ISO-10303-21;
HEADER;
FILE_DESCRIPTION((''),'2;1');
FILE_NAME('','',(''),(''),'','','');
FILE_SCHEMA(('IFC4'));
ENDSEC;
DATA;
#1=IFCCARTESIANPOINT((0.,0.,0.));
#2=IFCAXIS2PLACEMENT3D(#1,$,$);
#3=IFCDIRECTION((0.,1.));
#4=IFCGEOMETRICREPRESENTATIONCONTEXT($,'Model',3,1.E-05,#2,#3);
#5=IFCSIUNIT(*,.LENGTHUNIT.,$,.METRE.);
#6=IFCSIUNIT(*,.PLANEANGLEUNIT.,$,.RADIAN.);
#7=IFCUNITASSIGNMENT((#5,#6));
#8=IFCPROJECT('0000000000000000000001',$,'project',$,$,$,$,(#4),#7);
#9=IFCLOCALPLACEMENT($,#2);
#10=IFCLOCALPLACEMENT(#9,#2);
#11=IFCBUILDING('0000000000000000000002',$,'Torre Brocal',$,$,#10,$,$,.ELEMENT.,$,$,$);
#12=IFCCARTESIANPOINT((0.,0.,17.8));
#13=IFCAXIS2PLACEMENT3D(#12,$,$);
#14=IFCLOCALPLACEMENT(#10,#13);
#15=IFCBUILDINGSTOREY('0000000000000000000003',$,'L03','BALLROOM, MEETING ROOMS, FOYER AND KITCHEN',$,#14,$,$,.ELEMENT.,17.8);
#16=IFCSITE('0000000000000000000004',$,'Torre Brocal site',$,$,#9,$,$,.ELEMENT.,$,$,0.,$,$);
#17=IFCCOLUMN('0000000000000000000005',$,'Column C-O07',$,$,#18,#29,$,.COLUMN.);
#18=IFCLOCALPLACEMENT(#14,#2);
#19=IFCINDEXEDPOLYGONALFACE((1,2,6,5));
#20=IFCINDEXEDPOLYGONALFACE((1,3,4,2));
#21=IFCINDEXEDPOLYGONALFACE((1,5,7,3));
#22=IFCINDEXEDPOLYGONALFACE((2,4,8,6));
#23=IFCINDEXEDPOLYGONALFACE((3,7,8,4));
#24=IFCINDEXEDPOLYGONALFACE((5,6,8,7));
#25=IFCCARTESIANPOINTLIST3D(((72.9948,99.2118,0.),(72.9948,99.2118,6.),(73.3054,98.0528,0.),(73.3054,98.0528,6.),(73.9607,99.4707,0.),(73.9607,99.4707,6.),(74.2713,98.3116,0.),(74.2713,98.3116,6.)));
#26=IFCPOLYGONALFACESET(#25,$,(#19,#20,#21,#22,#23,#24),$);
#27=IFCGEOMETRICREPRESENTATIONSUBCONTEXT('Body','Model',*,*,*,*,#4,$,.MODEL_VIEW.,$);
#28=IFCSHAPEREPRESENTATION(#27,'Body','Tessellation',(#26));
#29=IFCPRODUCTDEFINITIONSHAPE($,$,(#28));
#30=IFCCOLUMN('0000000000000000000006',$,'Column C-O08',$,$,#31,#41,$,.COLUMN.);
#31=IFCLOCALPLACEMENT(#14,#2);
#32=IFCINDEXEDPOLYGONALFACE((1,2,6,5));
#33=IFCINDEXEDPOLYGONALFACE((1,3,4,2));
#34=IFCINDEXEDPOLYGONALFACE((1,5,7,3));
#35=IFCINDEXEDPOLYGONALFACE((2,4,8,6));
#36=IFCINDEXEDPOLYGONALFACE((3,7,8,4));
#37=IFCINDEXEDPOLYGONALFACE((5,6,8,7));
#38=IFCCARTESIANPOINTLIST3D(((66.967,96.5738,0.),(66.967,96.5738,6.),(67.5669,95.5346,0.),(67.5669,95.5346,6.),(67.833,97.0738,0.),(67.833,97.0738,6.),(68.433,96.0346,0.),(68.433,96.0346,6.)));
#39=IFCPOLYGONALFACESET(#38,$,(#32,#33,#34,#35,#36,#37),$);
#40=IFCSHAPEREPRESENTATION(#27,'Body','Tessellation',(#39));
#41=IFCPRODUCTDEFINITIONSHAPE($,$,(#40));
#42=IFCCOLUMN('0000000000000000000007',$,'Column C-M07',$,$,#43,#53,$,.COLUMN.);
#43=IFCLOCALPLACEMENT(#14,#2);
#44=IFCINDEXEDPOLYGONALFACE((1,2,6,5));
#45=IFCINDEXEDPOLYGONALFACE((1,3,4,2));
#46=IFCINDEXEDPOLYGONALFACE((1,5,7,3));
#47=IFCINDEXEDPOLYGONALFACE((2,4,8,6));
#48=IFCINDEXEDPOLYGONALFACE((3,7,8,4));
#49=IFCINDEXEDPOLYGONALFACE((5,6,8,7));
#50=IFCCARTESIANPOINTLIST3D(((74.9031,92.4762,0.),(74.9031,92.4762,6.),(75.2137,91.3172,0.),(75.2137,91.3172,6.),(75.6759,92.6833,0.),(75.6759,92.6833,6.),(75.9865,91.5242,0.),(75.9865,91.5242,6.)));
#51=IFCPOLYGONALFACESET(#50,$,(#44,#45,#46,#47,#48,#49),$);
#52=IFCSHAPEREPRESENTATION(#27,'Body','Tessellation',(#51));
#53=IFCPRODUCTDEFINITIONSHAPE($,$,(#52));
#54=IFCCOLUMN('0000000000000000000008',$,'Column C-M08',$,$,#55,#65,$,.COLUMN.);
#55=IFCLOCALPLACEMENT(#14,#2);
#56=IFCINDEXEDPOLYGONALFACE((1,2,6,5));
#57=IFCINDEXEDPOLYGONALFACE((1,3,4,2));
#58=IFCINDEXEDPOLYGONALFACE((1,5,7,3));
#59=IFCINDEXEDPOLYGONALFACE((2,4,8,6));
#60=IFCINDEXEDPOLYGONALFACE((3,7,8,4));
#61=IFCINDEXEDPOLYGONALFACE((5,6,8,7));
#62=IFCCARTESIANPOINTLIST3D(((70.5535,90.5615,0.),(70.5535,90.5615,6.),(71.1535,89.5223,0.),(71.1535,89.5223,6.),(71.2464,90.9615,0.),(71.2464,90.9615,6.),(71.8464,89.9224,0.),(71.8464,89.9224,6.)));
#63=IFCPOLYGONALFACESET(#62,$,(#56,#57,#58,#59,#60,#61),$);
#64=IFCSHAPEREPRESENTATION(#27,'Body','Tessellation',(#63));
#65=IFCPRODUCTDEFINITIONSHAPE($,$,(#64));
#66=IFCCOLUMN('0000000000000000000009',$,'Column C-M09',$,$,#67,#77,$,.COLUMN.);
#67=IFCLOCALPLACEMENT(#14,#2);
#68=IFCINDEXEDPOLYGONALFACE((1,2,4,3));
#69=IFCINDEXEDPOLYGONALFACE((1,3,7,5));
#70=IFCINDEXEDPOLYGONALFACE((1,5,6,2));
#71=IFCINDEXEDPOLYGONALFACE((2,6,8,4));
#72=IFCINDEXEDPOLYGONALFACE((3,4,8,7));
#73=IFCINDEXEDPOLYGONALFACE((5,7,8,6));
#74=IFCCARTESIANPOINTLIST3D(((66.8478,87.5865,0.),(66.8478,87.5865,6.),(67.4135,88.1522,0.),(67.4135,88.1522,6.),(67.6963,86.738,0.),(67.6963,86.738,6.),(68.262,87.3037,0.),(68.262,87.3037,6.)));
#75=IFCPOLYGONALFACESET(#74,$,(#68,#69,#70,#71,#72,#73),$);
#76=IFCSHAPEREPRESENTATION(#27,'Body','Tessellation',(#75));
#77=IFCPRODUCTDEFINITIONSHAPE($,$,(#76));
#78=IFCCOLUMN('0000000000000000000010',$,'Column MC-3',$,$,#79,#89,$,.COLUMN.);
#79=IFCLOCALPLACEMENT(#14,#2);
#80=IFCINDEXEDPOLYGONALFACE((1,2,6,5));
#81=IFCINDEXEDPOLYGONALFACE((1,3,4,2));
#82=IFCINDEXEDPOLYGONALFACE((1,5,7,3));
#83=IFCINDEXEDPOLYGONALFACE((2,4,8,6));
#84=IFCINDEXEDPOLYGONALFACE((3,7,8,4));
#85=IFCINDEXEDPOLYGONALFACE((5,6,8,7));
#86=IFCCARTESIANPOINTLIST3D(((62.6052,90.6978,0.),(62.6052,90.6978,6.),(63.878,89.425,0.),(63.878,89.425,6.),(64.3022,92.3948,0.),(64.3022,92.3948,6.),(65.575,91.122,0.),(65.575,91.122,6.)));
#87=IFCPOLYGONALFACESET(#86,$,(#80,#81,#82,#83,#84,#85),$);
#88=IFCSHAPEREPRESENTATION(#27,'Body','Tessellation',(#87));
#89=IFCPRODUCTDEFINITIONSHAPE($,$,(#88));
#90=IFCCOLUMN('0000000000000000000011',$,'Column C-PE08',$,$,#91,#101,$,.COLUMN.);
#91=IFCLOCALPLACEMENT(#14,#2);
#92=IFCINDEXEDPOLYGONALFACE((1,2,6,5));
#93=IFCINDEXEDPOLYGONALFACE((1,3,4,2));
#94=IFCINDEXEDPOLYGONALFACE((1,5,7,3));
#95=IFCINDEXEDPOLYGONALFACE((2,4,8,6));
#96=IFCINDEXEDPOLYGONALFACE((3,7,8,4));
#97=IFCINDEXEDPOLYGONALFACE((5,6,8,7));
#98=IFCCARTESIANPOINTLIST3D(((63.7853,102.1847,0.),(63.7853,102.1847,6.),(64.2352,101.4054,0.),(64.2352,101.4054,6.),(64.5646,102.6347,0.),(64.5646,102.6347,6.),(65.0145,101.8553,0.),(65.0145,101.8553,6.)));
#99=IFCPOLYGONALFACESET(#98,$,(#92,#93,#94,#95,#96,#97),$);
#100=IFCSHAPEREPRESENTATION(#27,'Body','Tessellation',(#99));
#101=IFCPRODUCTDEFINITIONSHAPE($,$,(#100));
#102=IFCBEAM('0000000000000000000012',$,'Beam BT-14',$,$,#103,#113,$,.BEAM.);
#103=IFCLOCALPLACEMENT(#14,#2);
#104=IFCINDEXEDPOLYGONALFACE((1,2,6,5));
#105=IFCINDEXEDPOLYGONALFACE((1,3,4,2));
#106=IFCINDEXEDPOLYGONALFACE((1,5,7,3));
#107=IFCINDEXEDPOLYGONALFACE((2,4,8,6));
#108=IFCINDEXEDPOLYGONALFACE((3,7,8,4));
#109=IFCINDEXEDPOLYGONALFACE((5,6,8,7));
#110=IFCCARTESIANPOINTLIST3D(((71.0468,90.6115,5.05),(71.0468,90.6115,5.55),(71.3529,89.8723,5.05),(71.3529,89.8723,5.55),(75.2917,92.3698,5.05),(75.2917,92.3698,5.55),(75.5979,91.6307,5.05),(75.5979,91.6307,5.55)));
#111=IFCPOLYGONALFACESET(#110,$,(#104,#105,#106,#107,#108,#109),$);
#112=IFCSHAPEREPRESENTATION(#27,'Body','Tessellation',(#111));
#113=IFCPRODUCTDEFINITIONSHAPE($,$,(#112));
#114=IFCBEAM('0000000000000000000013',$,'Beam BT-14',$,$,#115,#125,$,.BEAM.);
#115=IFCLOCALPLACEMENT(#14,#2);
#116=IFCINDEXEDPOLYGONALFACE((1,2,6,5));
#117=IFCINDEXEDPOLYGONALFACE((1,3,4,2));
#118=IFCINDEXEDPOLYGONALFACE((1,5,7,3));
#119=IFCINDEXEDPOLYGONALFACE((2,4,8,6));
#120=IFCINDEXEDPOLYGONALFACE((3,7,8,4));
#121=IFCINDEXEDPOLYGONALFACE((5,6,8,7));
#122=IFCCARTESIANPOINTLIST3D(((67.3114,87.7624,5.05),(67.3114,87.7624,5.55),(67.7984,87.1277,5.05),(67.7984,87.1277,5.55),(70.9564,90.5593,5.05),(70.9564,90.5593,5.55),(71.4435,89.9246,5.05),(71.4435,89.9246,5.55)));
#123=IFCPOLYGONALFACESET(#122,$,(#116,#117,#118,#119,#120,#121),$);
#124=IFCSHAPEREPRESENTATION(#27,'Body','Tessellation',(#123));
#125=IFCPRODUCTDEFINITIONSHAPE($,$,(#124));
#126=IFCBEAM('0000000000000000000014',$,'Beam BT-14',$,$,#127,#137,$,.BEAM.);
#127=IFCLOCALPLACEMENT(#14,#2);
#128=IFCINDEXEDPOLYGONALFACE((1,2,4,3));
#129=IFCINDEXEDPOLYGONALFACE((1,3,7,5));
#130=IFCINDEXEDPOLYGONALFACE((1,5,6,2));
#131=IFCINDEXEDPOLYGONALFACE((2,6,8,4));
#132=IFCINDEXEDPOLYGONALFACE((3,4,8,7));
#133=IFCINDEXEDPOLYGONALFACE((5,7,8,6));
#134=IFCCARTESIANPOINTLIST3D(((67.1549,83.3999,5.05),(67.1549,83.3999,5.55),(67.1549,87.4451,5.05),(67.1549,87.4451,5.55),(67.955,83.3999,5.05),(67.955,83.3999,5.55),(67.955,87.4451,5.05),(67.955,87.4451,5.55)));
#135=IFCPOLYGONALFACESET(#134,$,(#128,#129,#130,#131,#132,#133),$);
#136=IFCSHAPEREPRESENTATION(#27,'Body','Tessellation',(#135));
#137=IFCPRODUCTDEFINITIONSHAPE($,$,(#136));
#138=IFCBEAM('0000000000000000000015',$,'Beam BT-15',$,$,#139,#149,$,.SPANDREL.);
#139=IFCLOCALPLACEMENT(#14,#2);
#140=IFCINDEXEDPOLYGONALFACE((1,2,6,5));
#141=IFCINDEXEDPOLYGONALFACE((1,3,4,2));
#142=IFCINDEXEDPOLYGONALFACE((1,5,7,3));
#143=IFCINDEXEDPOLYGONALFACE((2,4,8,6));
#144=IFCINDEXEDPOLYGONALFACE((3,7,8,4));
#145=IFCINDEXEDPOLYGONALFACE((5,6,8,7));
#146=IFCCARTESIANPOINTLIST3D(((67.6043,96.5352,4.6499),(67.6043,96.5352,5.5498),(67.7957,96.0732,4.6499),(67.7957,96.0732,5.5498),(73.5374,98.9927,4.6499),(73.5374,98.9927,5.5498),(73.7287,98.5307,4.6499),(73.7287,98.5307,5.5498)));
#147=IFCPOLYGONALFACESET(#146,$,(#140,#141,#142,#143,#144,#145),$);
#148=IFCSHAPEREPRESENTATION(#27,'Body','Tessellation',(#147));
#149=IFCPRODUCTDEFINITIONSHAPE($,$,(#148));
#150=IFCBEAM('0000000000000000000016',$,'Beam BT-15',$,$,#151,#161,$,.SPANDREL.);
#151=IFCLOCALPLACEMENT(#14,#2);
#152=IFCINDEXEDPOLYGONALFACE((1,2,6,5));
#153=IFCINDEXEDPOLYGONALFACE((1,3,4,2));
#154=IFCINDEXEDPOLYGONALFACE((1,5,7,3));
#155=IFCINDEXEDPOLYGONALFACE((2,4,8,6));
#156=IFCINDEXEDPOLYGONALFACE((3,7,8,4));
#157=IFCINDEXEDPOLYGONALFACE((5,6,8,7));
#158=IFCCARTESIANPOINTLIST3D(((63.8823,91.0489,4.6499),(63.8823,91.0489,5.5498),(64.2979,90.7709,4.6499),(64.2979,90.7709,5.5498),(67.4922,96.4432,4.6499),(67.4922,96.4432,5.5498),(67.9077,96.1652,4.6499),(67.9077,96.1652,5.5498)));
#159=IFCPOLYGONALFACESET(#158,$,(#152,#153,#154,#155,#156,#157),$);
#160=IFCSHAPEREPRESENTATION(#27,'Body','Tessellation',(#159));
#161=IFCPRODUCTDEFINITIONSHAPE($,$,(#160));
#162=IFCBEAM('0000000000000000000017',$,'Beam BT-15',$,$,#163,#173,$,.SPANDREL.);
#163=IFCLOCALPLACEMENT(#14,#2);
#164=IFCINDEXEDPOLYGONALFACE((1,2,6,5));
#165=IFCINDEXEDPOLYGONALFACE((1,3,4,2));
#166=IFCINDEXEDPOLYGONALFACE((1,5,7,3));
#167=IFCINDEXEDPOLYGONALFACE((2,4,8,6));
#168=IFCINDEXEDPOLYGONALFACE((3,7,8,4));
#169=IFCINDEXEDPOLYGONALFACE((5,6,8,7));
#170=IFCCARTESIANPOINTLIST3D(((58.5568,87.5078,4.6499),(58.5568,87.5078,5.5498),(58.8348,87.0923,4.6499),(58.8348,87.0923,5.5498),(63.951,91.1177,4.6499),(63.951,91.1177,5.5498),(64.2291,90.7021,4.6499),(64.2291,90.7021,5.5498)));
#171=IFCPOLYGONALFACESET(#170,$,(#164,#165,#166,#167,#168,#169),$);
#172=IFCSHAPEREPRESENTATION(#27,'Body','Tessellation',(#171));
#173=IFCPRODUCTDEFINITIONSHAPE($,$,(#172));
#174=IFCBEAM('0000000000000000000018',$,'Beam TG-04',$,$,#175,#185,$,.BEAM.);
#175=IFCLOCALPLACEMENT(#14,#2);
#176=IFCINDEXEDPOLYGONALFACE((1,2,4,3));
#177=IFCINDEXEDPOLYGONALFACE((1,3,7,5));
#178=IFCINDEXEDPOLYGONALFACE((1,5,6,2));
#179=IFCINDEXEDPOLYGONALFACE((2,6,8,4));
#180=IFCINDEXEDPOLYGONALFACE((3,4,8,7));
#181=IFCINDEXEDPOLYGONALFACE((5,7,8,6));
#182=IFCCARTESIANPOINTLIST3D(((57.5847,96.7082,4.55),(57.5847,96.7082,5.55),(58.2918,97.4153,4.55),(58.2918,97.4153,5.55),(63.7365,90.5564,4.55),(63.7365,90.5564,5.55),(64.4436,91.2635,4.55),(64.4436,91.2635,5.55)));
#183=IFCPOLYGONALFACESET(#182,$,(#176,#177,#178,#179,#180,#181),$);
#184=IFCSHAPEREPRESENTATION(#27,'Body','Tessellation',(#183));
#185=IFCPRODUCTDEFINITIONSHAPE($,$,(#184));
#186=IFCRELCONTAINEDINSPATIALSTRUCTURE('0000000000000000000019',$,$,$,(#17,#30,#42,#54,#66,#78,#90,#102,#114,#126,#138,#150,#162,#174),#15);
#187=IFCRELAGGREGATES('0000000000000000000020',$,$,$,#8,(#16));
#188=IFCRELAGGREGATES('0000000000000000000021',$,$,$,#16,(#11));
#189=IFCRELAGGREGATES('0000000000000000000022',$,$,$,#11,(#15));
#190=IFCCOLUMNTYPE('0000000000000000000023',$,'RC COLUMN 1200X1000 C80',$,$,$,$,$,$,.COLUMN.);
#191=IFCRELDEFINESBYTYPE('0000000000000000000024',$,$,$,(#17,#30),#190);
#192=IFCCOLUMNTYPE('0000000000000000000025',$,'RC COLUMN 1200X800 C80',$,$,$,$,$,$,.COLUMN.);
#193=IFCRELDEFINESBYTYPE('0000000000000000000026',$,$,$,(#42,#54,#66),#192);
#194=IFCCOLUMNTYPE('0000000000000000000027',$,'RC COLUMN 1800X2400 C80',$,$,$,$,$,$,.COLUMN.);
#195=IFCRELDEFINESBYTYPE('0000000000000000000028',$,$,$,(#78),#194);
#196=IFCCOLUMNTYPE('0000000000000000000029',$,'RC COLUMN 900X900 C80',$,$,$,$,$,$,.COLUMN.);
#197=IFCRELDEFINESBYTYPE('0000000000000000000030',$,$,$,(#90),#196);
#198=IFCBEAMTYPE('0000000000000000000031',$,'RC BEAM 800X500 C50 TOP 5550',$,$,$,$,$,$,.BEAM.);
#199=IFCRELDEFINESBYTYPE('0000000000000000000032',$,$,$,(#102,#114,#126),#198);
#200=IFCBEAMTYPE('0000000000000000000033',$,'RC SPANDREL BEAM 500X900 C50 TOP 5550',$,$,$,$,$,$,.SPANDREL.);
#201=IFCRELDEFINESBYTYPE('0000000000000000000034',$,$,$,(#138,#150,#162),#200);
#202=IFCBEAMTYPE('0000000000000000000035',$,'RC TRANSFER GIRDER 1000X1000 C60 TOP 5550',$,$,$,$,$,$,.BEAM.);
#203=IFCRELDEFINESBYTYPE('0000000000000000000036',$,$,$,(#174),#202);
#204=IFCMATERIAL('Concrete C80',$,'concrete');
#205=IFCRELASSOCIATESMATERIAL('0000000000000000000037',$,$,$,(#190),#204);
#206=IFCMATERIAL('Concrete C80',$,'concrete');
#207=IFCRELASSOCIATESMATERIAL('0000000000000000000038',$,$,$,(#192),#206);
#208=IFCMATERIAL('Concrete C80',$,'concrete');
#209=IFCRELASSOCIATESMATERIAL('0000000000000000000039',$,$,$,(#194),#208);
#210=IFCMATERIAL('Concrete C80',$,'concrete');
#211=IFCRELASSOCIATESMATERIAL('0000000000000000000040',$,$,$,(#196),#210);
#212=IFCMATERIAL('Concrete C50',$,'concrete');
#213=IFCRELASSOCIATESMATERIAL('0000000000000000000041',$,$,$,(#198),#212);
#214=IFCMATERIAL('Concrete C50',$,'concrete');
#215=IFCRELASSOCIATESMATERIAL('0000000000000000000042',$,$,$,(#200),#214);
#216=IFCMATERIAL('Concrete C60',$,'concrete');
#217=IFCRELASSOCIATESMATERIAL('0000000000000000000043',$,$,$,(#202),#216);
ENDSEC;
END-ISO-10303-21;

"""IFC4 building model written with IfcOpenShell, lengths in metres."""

from ifc_helpers import new_model, si_unit, direction, frame, origin, origin_2d, place, context, subcontext, project, spatial, rectangle, extrude, material, material_profile, profile_set, type_object, element, save


model = new_model("IFC4")

# Units and contexts
model_context = context("Model", 3, precision=1e-05, world=origin(), true_north=direction((0.0, 1.0)))
body_context = subcontext(model_context, "Body", "Model", "MODEL_VIEW")
ifc_project = project(units=[si_unit("LENGTHUNIT", "METRE"), si_unit("PLANEANGLEUNIT", "RADIAN")], contexts=[model_context])

# Site, building, storey
site_placement = place(None, origin())
site = spatial("IfcSite", under=ifc_project, at=site_placement, Name="Torre Brocal site", CompositionType="ELEMENT", RefElevation=0.0)
building_placement = place(site_placement, origin())
building = spatial("IfcBuilding", under=site, at=building_placement, Name="Torre Brocal", CompositionType="ELEMENT")
storey_placement = place(building_placement, frame((0.0, 0.0, 17.8)))
storey = spatial("IfcBuildingStorey", under=building, at=storey_placement, Name="L03", Description="BALLROOM, MEETING ROOMS, FOYER AND KITCHEN", CompositionType="ELEMENT", Elevation=17.8)

# Columns
ifc_material_1 = material(Name="Concrete C80", Category="concrete")
ifc_material_profile_1 = material_profile(ifc_material_1, rectangle(XDim=1.2, YDim=1.0, at=origin_2d()), Name="RC 1200X1000")
ifc_profile_set_1 = profile_set([ifc_material_profile_1], Name="Concrete C80")
column_type_1 = type_object("IfcColumnType", Name="RC COLUMN 1200X1000 C80", PredefinedType="COLUMN", material=ifc_profile_set_1)
for number, where, z_axis, x_axis, name in (
    (1, (73.6331, 98.7617, 0.0), (0.0, 0.0, 1.0), (-0.258819, 0.965926, 0.0), "Column C-O07"),
    (2, (67.7, 96.3042, 0.0), (0.0, 0.0, 1.0), (-0.5, 0.866025, 0.0), "Column C-O08"),
):
    element("IfcColumn", number, at=place(storey_placement, frame(where, z_axis=z_axis, x_axis=x_axis)), inside=storey, type_object=column_type_1, Name=name, PredefinedType="COLUMN", context=body_context, shape_type="SweptSolid", body=[
        extrude(rectangle(XDim=1.2, YDim=1.0, at=origin_2d()), origin(), (0.0, 0.0, 1.0), 6.0),
    ])
ifc_material_2 = material(Name="Concrete C80", Category="concrete")
ifc_material_profile_2 = material_profile(ifc_material_2, rectangle(XDim=1.2, YDim=0.8, at=origin_2d()), Name="RC 1200X800")
ifc_profile_set_2 = profile_set([ifc_material_profile_2], Name="Concrete C80")
column_type_2 = type_object("IfcColumnType", Name="RC COLUMN 1200X800 C80", PredefinedType="COLUMN", material=ifc_profile_set_2)
for number, where, z_axis, x_axis, name in (
    (3, (75.4448, 92.0002, 0.0), (0.0, 0.0, 1.0), (-0.258819, 0.965926, 0.0), "Column C-M07"),
    (4, (71.2, 90.2419, 0.0), (0.0, 0.0, 1.0), (-0.5, 0.866025, 0.0), "Column C-M08"),
    (5, (67.5549, 87.4451, 0.0), (0.0, 0.0, 1.0), (-0.707107, 0.707107, 0.0), "Column C-M09"),
):
    element("IfcColumn", number, at=place(storey_placement, frame(where, z_axis=z_axis, x_axis=x_axis)), inside=storey, type_object=column_type_2, Name=name, PredefinedType="COLUMN", context=body_context, shape_type="SweptSolid", body=[
        extrude(rectangle(XDim=1.2, YDim=0.8, at=origin_2d()), origin(), (0.0, 0.0, 1.0), 6.0),
    ])
ifc_material_3 = material(Name="Concrete C80", Category="concrete")
ifc_material_profile_3 = material_profile(ifc_material_3, rectangle(XDim=1.8, YDim=2.3999, at=origin_2d()), Name="RC 1800X2400")
ifc_profile_set_3 = profile_set([ifc_material_profile_3], Name="Concrete C80")
column_type_3 = type_object("IfcColumnType", Name="RC COLUMN 1800X2400 C80", PredefinedType="COLUMN", material=ifc_profile_set_3)
column_1_placement = place(storey_placement, frame((64.0901, 90.9099, 0.0), z_axis=(0.0, 0.0, 1.0), x_axis=(-0.707107, 0.707107, 0.0)))
element("IfcColumn", 6, at=column_1_placement, inside=storey, type_object=column_type_3, Name="Column MC-3", PredefinedType="COLUMN", context=body_context, shape_type="SweptSolid", body=[
    extrude(rectangle(XDim=1.8, YDim=2.3999, at=origin_2d()), origin(), (0.0, 0.0, 1.0), 6.0),
])
ifc_material_4 = material(Name="Concrete C80", Category="concrete")
ifc_material_profile_4 = material_profile(ifc_material_4, rectangle(XDim=0.8999, YDim=0.8999, at=origin_2d()), Name="RC 900X900")
ifc_profile_set_4 = profile_set([ifc_material_profile_4], Name="Concrete C80")
column_type_4 = type_object("IfcColumnType", Name="RC COLUMN 900X900 C80", PredefinedType="COLUMN", material=ifc_profile_set_4)
column_2_placement = place(storey_placement, frame((64.3999, 102.02, 0.0), z_axis=(0.0, 0.0, 1.0), x_axis=(-0.5, 0.866025, 0.0)))
element("IfcColumn", 7, at=column_2_placement, inside=storey, type_object=column_type_4, Name="Column C-PE08", PredefinedType="COLUMN", context=body_context, shape_type="SweptSolid", body=[
    extrude(rectangle(XDim=0.8999, YDim=0.8999, at=origin_2d()), origin(), (0.0, 0.0, 1.0), 6.0),
])

# Beams
ifc_material_5 = material(Name="Concrete C50", Category="concrete")
ifc_material_profile_5 = material_profile(ifc_material_5, rectangle(XDim=0.8, YDim=0.5, at=origin_2d()), Name="RC 800X500")
ifc_profile_set_5 = profile_set([ifc_material_profile_5], Name="Concrete C50")
beam_type_1 = type_object("IfcBeamType", Name="RC BEAM 800X500 C50 TOP 5550", PredefinedType="BEAM", material=ifc_profile_set_5)
beam_1_placement = place(storey_placement, frame((75.4448, 92.0002, 5.3), z_axis=(-0.923878, -0.382687, 0.0), x_axis=(0.382687, -0.923878, 0.0)))
element("IfcBeam", 8, at=beam_1_placement, inside=storey, type_object=beam_type_1, Name="Beam BT-14", PredefinedType="BEAM", context=body_context, shape_type="SweptSolid", body=[
    extrude(rectangle(XDim=0.8, YDim=0.5, at=origin_2d()), origin(), (0.0, 0.0, 1.0), 4.5947),
])
beam_2_placement = place(storey_placement, frame((71.2, 90.2419, 5.3), z_axis=(-0.793358, -0.608755, 0.0), x_axis=(0.608755, -0.793358, 0.0)))
element("IfcBeam", 9, at=beam_2_placement, inside=storey, type_object=beam_type_1, Name="Beam BT-14", PredefinedType="BEAM", context=body_context, shape_type="SweptSolid", body=[
    extrude(rectangle(XDim=0.8, YDim=0.5, at=origin_2d()), origin(), (0.0, 0.0, 1.0), 4.5945),
])
beam_3_placement = place(storey_placement, frame((67.5549, 87.4451, 5.3), z_axis=(0.0, -1.0, 0.0), x_axis=(1.0, 0.0, 0.0)))
element("IfcBeam", 10, at=beam_3_placement, inside=storey, type_object=beam_type_1, Name="Beam BT-14", PredefinedType="BEAM", context=body_context, shape_type="SweptSolid", body=[
    extrude(rectangle(XDim=0.8, YDim=0.5, at=origin_2d()), origin(), (0.0, 0.0, 1.0), 4.0452),
])
ifc_material_6 = material(Name="Concrete C50", Category="concrete")
ifc_material_profile_6 = material_profile(ifc_material_6, rectangle(XDim=0.5, YDim=0.8999, at=origin_2d()), Name="RC 500X900")
ifc_profile_set_6 = profile_set([ifc_material_profile_6], Name="Concrete C50")
beam_type_2 = type_object("IfcBeamType", Name="RC SPANDREL BEAM 500X900 C50 TOP 5550", PredefinedType="SPANDREL", material=ifc_profile_set_6)
beam_4_placement = place(storey_placement, frame((73.6331, 98.7617, 5.0999), z_axis=(-0.923882, -0.382676, 0.0), x_axis=(0.382676, -0.923882, 0.0)))
element("IfcBeam", 11, at=beam_4_placement, inside=storey, type_object=beam_type_2, Name="Beam BT-15", PredefinedType="SPANDREL", context=body_context, shape_type="SweptSolid", body=[
    extrude(rectangle(XDim=0.5, YDim=0.8999, at=origin_2d()), origin(), (0.0, 0.0, 1.0), 6.4219),
])
for number, where, z_axis, x_axis, name in (
    (12, (67.7, 96.3042, 5.0999), (-0.556158, -0.831077, 0.0), (0.831077, -0.556158, 0.0), "Beam BT-15"),
    (13, (64.0901, 90.9099, 5.0999), (-0.831077, -0.556158, 0.0), (0.556158, -0.831077, 0.0), "Beam BT-15"),
):
    element("IfcBeam", number, at=place(storey_placement, frame(where, z_axis=z_axis, x_axis=x_axis)), inside=storey, type_object=beam_type_2, Name=name, PredefinedType="SPANDREL", context=body_context, shape_type="SweptSolid", body=[
        extrude(rectangle(XDim=0.5, YDim=0.8999, at=origin_2d()), origin(), (0.0, 0.0, 1.0), 6.4907),
    ])
ifc_material_7 = material(Name="Concrete C60", Category="concrete")
ifc_material_profile_7 = material_profile(ifc_material_7, rectangle(XDim=1.0, YDim=1.0, at=origin_2d()), Name="RC 1000X1000")
ifc_profile_set_7 = profile_set([ifc_material_profile_7], Name="Concrete C60")
beam_type_3 = type_object("IfcBeamType", Name="RC TRANSFER GIRDER 1000X1000 C60 TOP 5550", PredefinedType="BEAM", material=ifc_profile_set_7)
beam_5_placement = place(storey_placement, frame((64.0901, 90.9099, 5.05), z_axis=(-0.707107, 0.707107, 0.0), x_axis=(-0.707107, -0.707107, 0.0)))
element("IfcBeam", 14, at=beam_5_placement, inside=storey, type_object=beam_type_3, Name="Beam TG-04", PredefinedType="BEAM", context=body_context, shape_type="SweptSolid", body=[
    extrude(rectangle(XDim=1.0, YDim=1.0, at=origin_2d()), origin(), (0.0, 0.0, 1.0), 8.7),
])

save(model, "model.ifc")
